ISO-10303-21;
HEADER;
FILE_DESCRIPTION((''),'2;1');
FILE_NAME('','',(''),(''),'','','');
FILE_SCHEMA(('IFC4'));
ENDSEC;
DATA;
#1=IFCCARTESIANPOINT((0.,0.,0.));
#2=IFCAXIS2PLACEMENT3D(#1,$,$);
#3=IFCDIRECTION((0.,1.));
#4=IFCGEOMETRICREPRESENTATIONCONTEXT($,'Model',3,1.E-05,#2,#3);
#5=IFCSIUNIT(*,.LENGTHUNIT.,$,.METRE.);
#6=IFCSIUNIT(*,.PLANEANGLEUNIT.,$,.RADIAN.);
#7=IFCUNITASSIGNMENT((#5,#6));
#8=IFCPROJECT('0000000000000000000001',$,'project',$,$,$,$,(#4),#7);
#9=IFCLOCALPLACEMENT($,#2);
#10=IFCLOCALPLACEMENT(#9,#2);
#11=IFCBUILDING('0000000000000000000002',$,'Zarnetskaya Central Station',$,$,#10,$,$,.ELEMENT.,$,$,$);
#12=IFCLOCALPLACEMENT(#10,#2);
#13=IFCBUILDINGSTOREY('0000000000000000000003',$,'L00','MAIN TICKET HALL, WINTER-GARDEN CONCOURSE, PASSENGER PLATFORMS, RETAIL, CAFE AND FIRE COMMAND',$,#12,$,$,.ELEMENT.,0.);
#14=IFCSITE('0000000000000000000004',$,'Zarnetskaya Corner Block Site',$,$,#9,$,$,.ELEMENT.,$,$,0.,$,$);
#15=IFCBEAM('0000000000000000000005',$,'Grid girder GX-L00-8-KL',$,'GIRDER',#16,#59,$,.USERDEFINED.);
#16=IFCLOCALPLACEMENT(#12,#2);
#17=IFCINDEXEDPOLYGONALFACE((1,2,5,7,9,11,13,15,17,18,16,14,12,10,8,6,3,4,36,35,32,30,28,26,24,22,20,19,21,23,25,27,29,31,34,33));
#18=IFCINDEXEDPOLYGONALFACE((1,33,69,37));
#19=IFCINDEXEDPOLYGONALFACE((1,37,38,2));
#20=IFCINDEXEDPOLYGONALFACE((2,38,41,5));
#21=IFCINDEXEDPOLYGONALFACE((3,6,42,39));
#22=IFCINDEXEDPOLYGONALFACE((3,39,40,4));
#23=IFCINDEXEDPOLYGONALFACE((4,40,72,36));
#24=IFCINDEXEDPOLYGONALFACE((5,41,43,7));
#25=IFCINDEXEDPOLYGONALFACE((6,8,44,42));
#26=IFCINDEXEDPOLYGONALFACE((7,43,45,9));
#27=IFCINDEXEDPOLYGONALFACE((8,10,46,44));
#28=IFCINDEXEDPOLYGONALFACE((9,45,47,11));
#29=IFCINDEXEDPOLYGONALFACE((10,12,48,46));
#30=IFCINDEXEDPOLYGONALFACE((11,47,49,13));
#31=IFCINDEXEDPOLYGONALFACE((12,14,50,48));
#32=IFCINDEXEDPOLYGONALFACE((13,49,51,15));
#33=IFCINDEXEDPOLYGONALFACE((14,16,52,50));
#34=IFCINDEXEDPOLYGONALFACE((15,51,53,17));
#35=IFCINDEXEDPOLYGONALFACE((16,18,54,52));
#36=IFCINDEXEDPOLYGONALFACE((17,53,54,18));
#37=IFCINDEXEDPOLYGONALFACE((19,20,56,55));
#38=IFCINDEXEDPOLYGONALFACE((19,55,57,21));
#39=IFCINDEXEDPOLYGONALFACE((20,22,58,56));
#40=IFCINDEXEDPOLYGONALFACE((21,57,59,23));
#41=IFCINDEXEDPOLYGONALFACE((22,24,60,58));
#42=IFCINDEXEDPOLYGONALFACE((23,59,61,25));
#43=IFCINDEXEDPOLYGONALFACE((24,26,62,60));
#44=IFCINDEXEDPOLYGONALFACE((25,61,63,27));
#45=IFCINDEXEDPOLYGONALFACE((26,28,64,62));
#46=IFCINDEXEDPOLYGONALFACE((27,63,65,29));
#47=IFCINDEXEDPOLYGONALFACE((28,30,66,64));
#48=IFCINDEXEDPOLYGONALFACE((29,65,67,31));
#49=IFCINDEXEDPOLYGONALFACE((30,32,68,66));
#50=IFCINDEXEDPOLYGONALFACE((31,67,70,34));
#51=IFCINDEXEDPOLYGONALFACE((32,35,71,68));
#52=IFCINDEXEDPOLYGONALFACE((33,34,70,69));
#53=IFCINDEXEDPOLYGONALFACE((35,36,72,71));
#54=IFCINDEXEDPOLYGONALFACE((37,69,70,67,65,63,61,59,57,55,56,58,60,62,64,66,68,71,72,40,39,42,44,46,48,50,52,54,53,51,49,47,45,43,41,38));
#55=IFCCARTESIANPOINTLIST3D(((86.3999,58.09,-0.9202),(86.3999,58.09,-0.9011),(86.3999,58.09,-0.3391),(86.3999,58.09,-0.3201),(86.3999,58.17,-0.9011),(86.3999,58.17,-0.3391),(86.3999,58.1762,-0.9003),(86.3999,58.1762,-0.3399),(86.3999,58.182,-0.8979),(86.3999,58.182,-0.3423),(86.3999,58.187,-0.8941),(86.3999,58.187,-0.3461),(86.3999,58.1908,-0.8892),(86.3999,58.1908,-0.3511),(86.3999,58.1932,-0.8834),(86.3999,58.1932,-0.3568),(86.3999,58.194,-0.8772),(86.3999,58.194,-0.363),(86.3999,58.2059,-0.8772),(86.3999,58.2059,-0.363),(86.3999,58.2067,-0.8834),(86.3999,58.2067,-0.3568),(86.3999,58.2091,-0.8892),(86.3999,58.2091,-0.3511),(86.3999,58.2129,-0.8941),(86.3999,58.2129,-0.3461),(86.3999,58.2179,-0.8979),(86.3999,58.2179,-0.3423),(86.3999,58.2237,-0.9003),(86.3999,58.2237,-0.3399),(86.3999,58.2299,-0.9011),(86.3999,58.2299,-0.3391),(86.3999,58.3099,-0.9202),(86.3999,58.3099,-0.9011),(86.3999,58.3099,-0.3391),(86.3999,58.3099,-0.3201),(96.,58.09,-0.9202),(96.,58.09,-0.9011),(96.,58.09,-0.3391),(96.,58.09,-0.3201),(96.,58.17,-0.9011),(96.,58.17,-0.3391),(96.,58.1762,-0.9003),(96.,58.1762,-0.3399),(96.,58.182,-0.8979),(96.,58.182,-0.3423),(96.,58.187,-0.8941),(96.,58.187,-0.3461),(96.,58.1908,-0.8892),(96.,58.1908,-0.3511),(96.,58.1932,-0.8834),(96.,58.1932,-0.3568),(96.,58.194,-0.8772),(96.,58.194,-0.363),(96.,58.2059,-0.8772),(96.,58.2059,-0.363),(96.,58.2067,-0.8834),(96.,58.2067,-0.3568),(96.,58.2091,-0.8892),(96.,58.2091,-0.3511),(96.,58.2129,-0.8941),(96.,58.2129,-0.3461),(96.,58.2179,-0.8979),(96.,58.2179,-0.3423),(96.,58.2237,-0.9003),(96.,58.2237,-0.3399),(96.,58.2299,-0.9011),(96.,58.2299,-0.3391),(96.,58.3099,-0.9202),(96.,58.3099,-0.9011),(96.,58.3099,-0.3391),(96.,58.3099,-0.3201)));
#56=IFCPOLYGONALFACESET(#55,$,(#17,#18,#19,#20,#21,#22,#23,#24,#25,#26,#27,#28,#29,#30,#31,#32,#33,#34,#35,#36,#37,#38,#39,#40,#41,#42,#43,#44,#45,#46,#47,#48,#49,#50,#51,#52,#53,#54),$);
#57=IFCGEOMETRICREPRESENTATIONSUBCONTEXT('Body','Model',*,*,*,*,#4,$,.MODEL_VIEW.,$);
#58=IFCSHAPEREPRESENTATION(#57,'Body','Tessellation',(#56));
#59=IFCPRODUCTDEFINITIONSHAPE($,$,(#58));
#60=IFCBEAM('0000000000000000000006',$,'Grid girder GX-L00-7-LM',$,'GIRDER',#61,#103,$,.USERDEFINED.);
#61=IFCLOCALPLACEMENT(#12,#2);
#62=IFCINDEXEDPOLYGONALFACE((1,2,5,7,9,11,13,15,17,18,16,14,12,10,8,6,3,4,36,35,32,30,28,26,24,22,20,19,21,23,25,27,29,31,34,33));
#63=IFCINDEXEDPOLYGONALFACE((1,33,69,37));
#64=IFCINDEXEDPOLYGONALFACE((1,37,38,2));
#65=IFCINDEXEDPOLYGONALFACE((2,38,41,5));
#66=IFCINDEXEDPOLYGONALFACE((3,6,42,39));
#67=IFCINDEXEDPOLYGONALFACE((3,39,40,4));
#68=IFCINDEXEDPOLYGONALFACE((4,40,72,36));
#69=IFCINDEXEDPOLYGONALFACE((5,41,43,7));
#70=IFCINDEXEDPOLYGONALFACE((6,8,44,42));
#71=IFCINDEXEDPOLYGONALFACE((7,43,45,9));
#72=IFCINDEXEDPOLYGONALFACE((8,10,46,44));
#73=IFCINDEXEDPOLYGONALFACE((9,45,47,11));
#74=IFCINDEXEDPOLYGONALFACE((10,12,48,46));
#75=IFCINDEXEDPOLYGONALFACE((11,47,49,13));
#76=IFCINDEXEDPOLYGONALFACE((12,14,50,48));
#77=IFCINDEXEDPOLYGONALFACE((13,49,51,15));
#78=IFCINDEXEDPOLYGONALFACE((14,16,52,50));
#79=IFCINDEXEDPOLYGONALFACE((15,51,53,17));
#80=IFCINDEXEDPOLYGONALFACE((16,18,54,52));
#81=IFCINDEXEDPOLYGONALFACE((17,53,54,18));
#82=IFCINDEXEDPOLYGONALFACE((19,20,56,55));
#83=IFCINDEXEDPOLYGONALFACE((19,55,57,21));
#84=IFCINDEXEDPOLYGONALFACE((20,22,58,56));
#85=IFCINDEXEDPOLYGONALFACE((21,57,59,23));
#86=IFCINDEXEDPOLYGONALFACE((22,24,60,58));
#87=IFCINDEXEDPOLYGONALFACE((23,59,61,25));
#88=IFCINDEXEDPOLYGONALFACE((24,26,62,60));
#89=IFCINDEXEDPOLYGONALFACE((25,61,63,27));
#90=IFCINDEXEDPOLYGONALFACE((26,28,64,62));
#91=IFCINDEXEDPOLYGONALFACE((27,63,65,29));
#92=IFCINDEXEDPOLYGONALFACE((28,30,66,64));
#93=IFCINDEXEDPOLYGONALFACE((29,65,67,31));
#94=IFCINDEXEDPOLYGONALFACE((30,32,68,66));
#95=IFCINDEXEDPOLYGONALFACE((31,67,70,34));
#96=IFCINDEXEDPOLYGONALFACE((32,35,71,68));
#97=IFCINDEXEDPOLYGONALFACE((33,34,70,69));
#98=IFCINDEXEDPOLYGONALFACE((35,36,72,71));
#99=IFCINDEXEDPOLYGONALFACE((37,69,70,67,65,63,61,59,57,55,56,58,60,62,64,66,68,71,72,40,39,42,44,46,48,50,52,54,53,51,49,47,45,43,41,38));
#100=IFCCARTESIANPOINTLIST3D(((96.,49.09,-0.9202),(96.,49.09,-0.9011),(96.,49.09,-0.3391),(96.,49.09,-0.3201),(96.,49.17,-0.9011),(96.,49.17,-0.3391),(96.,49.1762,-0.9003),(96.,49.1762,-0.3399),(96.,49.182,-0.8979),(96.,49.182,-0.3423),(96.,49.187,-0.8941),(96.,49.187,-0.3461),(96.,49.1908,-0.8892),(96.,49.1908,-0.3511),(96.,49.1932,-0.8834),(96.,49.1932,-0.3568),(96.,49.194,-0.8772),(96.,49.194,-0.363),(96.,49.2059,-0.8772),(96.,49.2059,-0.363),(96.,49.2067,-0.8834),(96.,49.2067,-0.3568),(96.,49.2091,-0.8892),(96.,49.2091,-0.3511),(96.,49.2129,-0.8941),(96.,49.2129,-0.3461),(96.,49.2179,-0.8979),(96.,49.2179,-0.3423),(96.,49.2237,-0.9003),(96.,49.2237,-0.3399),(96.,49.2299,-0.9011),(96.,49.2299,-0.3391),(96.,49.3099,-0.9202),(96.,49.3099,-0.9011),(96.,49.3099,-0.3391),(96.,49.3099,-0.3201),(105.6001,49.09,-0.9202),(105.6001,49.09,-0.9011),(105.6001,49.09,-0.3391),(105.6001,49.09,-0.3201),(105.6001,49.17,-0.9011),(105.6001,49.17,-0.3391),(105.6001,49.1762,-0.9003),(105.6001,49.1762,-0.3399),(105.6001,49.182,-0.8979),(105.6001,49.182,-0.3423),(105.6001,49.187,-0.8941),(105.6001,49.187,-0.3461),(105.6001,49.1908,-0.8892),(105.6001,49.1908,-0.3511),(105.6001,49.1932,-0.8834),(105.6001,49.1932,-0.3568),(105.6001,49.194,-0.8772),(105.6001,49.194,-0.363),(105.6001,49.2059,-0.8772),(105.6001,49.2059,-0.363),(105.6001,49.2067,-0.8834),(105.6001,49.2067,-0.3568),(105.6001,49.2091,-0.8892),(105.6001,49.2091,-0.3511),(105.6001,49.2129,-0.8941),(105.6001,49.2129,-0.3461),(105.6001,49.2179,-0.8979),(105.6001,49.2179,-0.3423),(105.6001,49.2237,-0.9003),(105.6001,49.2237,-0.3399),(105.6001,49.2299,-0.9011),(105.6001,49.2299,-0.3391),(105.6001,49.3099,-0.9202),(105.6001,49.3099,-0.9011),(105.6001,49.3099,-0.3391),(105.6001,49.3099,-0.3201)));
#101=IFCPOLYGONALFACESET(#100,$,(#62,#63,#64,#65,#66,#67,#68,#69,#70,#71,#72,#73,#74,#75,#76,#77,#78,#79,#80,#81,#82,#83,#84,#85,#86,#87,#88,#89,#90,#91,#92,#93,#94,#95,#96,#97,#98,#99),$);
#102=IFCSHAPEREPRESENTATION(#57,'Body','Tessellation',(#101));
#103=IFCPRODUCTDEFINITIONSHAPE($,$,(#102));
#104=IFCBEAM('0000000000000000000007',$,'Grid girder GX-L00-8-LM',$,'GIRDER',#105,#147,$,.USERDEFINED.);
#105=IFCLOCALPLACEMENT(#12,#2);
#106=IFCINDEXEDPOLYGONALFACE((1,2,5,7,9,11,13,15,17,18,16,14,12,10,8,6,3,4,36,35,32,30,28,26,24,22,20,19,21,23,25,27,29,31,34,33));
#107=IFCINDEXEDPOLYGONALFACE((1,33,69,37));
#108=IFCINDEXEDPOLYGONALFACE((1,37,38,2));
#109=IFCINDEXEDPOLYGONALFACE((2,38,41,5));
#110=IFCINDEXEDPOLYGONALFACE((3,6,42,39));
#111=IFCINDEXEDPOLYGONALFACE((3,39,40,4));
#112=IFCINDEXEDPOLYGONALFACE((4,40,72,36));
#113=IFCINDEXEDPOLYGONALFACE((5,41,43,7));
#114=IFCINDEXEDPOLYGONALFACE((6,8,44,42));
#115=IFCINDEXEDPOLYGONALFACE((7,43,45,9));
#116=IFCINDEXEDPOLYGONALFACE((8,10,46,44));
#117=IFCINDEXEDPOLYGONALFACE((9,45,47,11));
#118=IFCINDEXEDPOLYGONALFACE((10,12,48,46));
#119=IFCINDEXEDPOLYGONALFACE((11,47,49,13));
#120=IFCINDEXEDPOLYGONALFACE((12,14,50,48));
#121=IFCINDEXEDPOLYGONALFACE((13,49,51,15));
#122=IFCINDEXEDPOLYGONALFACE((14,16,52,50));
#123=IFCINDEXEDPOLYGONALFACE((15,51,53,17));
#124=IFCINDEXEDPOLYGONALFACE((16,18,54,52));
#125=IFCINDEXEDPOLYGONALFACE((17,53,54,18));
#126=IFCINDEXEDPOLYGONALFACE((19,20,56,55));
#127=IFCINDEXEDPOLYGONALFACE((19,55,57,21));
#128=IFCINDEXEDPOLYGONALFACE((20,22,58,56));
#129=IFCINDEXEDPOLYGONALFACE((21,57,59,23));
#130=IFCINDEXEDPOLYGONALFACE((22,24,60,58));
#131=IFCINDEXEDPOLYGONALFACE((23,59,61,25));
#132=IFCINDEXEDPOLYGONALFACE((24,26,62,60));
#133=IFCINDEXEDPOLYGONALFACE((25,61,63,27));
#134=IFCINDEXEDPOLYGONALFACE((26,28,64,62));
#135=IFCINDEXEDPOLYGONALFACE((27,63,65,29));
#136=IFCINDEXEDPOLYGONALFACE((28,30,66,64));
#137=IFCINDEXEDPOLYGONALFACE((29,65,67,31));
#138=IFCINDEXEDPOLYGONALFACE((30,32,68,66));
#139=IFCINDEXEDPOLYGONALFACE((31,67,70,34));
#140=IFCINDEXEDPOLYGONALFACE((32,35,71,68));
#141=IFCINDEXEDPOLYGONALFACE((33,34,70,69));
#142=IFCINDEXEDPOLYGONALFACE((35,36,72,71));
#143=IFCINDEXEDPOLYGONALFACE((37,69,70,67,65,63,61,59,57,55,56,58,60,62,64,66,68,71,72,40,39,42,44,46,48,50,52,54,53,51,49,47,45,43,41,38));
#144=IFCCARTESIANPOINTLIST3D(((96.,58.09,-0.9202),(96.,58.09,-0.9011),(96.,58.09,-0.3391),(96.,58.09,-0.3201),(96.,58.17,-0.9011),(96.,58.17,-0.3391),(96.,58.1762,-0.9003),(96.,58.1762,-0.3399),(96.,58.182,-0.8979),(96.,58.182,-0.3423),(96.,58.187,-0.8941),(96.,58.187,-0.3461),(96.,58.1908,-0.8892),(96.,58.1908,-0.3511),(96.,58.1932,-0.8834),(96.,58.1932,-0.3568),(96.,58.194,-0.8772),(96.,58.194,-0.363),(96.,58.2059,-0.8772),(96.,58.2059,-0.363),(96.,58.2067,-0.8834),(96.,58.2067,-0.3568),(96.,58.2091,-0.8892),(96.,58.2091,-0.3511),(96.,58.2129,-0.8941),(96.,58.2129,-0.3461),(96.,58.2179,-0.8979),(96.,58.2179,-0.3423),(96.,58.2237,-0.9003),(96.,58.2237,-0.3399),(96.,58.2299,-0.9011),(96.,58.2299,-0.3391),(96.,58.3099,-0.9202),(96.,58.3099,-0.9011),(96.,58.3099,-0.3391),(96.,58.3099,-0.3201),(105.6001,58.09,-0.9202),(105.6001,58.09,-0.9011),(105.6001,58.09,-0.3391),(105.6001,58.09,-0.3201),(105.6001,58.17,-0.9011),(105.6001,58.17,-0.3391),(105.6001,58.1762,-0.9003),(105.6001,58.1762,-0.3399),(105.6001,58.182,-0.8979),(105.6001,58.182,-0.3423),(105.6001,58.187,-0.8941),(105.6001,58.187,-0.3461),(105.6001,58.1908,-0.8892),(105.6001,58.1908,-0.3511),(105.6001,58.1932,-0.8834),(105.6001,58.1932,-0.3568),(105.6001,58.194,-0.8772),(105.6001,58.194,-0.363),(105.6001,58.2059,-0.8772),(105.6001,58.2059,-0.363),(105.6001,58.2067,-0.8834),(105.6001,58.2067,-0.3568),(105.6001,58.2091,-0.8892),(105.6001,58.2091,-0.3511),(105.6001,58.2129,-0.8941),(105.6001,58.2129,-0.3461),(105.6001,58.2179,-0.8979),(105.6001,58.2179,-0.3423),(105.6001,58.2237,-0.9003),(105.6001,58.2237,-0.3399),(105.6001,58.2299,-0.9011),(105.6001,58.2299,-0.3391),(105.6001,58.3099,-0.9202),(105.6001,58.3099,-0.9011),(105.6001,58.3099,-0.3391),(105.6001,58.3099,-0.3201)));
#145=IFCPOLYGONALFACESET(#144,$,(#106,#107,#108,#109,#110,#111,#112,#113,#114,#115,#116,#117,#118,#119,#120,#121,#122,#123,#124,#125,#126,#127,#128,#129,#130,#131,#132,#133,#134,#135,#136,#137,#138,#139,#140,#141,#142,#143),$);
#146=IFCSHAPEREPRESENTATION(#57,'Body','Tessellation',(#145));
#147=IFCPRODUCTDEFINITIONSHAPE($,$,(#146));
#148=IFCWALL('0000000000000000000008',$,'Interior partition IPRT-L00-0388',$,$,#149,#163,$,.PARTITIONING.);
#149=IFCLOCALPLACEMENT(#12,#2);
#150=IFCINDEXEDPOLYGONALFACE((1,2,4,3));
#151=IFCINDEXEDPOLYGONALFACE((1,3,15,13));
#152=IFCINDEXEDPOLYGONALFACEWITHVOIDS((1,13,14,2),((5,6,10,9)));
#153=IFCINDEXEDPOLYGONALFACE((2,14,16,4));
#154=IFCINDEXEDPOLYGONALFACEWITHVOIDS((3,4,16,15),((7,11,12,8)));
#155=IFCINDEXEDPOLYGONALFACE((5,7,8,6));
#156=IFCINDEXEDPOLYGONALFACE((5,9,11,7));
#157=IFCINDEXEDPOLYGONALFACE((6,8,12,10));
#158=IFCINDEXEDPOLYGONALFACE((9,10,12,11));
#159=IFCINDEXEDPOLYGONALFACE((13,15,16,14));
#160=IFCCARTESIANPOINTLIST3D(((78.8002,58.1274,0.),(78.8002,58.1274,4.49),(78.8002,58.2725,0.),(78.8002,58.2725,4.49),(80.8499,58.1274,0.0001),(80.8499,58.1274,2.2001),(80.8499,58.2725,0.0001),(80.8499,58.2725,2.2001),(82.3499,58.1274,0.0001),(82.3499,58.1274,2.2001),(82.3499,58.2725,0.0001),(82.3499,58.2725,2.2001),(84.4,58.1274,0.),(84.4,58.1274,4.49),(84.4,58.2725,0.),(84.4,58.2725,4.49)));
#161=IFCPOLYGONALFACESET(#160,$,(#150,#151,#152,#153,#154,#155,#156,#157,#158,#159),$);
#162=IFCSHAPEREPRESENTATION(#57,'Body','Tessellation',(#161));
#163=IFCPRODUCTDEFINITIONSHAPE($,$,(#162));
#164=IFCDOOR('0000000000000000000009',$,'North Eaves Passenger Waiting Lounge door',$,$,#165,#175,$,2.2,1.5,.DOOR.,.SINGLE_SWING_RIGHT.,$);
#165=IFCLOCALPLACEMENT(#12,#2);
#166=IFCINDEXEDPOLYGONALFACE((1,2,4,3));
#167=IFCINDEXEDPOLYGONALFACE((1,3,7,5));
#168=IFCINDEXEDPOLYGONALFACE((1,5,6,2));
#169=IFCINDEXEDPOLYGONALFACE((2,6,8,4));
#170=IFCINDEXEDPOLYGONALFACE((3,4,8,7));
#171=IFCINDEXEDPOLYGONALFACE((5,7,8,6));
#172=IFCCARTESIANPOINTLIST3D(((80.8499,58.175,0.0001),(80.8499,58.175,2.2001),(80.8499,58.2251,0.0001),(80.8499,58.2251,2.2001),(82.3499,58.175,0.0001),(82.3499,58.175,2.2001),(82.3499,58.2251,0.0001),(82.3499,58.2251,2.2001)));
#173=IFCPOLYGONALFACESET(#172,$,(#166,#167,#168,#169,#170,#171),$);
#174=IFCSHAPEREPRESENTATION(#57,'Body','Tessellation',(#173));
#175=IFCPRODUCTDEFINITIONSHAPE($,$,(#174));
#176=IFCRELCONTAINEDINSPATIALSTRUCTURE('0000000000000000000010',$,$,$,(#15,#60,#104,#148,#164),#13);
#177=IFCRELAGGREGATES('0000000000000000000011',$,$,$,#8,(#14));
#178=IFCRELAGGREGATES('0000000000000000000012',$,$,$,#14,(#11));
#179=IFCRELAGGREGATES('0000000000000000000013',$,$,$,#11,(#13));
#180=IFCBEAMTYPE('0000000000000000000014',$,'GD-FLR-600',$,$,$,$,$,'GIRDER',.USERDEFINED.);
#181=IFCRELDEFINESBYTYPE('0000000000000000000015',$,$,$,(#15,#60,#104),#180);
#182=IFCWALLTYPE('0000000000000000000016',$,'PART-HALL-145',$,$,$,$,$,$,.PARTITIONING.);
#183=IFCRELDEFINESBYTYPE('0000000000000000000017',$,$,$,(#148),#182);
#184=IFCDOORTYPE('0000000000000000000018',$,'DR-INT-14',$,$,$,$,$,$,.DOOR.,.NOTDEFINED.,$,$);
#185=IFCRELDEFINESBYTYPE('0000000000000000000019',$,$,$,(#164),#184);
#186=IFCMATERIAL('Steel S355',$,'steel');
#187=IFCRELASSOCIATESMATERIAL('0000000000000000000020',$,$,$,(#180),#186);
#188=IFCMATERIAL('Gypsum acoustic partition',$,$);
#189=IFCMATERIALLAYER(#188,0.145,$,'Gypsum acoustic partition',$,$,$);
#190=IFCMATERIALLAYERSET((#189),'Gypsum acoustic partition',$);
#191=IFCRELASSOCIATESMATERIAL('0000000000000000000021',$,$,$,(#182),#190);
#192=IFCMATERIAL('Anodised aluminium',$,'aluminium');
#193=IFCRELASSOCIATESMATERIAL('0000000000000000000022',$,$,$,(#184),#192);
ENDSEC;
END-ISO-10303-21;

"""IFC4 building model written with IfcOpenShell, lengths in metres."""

from ifc_helpers import new_model, si_unit, direction, frame, frame_2d, origin, origin_2d, place, context, subcontext, project, spatial, rectangle, i_section, extrude, material, layer, layer_set, material_profile, profile_set, type_object, element, fill, save


model = new_model("IFC4")

# Units and contexts
model_context = context("Model", 3, precision=1e-05, world=origin(), true_north=direction((0.0, 1.0)))
body_context = subcontext(model_context, "Body", "Model", "MODEL_VIEW")
ifc_project = project(units=[si_unit("LENGTHUNIT", "METRE"), si_unit("PLANEANGLEUNIT", "RADIAN")], contexts=[model_context])

# Site, building, storey
site_placement = place(None, origin())
site = spatial("IfcSite", under=ifc_project, at=site_placement, Name="Zarnetskaya Corner Block Site", CompositionType="ELEMENT", RefElevation=0.0)
building_placement = place(site_placement, origin())
building = spatial("IfcBuilding", under=site, at=building_placement, Name="Zarnetskaya Central Station", CompositionType="ELEMENT")
storey_placement = place(building_placement, origin())
storey = spatial("IfcBuildingStorey", under=building, at=storey_placement, Name="L00", Description="MAIN TICKET HALL, WINTER-GARDEN CONCOURSE, PASSENGER PLATFORMS, RETAIL, CAFE AND FIRE COMMAND", CompositionType="ELEMENT", Elevation=0.0)

# Shared definitions
ifc_material_1 = material(Name="Steel S355", Category="steel")

# Beams
ifc_material_profile_1 = material_profile(ifc_material_1, i_section(OverallWidth=0.22, OverallDepth=0.6001, WebThickness=0.012, FlangeThickness=0.019, FilletRadius=0.0239, at=origin_2d()), Name="IPE 600")
ifc_profile_set_1 = profile_set([ifc_material_profile_1], Name="Steel S355")
beam_type_1 = type_object("IfcBeamType", Name="GD-FLR-600", ElementType="GIRDER", PredefinedType="USERDEFINED", material=ifc_profile_set_1)
for number, where, z_axis, x_axis, name in (
    (1, (86.3999, 58.2, -0.6201), (1.0, 0.0, 0.0), (0.0, 1.0, 0.0), "Grid girder GX-L00-8-KL"),
    (2, (96.0, 49.2, -0.6201), (1.0, 0.0, 0.0), (0.0, 1.0, 0.0), "Grid girder GX-L00-7-LM"),
    (3, (96.0, 58.2, -0.6201), (1.0, 0.0, 0.0), (0.0, 1.0, 0.0), "Grid girder GX-L00-8-LM"),
):
    element("IfcBeam", number, at=place(storey_placement, frame(where, z_axis=z_axis, x_axis=x_axis)), inside=storey, type_object=beam_type_1, Name=name, ObjectType="GIRDER", PredefinedType="USERDEFINED", context=body_context, shape_type="SweptSolid", body=[
        extrude(i_section(OverallWidth=0.22, OverallDepth=0.6001, WebThickness=0.012, FlangeThickness=0.019, FilletRadius=0.0239, at=origin_2d()), origin(), (0.0, 0.0, 1.0), 9.6001),
    ])

# Wall, opening, door
ifc_material_2 = material(Name="Gypsum acoustic partition")
ifc_layer_1 = layer(ifc_material_2, 0.145, Name="Gypsum acoustic partition")
ifc_layer_set_1 = layer_set([ifc_layer_1], Name="Gypsum acoustic partition")
wall_type_1 = type_object("IfcWallType", Name="PART-HALL-145", PredefinedType="PARTITIONING", material=ifc_layer_set_1)
wall_1_placement = place(storey_placement, frame((84.3999, 58.2, 0.0), z_axis=(0.0, 0.0, 1.0), x_axis=(-1.0, 0.0, 0.0)))
wall_1 = element("IfcWall", 4, at=wall_1_placement, inside=storey, type_object=wall_type_1, Name="Interior partition IPRT-L00-0388", PredefinedType="PARTITIONING", context=body_context, shape_type="SweptSolid", body=[
    extrude(rectangle(XDim=5.5999, YDim=0.145, at=frame_2d((2.7998, 0.0))), origin(), (0.0, 0.0, 1.0), 4.49),
])
opening_1_placement = place(wall_1_placement, frame((2.05, 0.0, 0.0)))
opening_1 = element("IfcOpeningElement", 5, at=opening_1_placement, cuts=wall_1, PredefinedType="OPENING", context=body_context, shape_type="SweptSolid", body=[
    extrude(rectangle(XDim=1.5, YDim=2.2, at=frame_2d((0.75, 1.1001))), frame((0.0, 0.0825, 0.0), z_axis=(0.0, -1.0, 0.0), x_axis=(1.0, 0.0, 0.0)), (0.0, 0.0, 1.0), 0.165),
])
ifc_material_3 = material(Name="Anodised aluminium", Category="aluminium")
door_type_1 = type_object("IfcDoorType", Name="DR-INT-14", OperationType="NOTDEFINED", PredefinedType="DOOR", material=ifc_material_3)
door_1_placement = place(opening_1_placement, origin())
door_1 = element("IfcDoor", 6, at=door_1_placement, inside=storey, type_object=door_type_1, Name="North Eaves Passenger Waiting Lounge door", OperationType="SINGLE_SWING_RIGHT", OverallHeight=2.2, OverallWidth=1.5, PredefinedType="DOOR", context=body_context, shape_type="SweptSolid", body=[
    extrude(rectangle(XDim=1.5, YDim=2.2, at=frame_2d((0.75, 1.1001))), frame((0.0, 0.0249, 0.0), z_axis=(0.0, -1.0, 0.0), x_axis=(1.0, 0.0, 0.0)), (0.0, 0.0, 1.0), 0.05),
])
fill(opening_1, door_1)

save(model, "model.ifc")
